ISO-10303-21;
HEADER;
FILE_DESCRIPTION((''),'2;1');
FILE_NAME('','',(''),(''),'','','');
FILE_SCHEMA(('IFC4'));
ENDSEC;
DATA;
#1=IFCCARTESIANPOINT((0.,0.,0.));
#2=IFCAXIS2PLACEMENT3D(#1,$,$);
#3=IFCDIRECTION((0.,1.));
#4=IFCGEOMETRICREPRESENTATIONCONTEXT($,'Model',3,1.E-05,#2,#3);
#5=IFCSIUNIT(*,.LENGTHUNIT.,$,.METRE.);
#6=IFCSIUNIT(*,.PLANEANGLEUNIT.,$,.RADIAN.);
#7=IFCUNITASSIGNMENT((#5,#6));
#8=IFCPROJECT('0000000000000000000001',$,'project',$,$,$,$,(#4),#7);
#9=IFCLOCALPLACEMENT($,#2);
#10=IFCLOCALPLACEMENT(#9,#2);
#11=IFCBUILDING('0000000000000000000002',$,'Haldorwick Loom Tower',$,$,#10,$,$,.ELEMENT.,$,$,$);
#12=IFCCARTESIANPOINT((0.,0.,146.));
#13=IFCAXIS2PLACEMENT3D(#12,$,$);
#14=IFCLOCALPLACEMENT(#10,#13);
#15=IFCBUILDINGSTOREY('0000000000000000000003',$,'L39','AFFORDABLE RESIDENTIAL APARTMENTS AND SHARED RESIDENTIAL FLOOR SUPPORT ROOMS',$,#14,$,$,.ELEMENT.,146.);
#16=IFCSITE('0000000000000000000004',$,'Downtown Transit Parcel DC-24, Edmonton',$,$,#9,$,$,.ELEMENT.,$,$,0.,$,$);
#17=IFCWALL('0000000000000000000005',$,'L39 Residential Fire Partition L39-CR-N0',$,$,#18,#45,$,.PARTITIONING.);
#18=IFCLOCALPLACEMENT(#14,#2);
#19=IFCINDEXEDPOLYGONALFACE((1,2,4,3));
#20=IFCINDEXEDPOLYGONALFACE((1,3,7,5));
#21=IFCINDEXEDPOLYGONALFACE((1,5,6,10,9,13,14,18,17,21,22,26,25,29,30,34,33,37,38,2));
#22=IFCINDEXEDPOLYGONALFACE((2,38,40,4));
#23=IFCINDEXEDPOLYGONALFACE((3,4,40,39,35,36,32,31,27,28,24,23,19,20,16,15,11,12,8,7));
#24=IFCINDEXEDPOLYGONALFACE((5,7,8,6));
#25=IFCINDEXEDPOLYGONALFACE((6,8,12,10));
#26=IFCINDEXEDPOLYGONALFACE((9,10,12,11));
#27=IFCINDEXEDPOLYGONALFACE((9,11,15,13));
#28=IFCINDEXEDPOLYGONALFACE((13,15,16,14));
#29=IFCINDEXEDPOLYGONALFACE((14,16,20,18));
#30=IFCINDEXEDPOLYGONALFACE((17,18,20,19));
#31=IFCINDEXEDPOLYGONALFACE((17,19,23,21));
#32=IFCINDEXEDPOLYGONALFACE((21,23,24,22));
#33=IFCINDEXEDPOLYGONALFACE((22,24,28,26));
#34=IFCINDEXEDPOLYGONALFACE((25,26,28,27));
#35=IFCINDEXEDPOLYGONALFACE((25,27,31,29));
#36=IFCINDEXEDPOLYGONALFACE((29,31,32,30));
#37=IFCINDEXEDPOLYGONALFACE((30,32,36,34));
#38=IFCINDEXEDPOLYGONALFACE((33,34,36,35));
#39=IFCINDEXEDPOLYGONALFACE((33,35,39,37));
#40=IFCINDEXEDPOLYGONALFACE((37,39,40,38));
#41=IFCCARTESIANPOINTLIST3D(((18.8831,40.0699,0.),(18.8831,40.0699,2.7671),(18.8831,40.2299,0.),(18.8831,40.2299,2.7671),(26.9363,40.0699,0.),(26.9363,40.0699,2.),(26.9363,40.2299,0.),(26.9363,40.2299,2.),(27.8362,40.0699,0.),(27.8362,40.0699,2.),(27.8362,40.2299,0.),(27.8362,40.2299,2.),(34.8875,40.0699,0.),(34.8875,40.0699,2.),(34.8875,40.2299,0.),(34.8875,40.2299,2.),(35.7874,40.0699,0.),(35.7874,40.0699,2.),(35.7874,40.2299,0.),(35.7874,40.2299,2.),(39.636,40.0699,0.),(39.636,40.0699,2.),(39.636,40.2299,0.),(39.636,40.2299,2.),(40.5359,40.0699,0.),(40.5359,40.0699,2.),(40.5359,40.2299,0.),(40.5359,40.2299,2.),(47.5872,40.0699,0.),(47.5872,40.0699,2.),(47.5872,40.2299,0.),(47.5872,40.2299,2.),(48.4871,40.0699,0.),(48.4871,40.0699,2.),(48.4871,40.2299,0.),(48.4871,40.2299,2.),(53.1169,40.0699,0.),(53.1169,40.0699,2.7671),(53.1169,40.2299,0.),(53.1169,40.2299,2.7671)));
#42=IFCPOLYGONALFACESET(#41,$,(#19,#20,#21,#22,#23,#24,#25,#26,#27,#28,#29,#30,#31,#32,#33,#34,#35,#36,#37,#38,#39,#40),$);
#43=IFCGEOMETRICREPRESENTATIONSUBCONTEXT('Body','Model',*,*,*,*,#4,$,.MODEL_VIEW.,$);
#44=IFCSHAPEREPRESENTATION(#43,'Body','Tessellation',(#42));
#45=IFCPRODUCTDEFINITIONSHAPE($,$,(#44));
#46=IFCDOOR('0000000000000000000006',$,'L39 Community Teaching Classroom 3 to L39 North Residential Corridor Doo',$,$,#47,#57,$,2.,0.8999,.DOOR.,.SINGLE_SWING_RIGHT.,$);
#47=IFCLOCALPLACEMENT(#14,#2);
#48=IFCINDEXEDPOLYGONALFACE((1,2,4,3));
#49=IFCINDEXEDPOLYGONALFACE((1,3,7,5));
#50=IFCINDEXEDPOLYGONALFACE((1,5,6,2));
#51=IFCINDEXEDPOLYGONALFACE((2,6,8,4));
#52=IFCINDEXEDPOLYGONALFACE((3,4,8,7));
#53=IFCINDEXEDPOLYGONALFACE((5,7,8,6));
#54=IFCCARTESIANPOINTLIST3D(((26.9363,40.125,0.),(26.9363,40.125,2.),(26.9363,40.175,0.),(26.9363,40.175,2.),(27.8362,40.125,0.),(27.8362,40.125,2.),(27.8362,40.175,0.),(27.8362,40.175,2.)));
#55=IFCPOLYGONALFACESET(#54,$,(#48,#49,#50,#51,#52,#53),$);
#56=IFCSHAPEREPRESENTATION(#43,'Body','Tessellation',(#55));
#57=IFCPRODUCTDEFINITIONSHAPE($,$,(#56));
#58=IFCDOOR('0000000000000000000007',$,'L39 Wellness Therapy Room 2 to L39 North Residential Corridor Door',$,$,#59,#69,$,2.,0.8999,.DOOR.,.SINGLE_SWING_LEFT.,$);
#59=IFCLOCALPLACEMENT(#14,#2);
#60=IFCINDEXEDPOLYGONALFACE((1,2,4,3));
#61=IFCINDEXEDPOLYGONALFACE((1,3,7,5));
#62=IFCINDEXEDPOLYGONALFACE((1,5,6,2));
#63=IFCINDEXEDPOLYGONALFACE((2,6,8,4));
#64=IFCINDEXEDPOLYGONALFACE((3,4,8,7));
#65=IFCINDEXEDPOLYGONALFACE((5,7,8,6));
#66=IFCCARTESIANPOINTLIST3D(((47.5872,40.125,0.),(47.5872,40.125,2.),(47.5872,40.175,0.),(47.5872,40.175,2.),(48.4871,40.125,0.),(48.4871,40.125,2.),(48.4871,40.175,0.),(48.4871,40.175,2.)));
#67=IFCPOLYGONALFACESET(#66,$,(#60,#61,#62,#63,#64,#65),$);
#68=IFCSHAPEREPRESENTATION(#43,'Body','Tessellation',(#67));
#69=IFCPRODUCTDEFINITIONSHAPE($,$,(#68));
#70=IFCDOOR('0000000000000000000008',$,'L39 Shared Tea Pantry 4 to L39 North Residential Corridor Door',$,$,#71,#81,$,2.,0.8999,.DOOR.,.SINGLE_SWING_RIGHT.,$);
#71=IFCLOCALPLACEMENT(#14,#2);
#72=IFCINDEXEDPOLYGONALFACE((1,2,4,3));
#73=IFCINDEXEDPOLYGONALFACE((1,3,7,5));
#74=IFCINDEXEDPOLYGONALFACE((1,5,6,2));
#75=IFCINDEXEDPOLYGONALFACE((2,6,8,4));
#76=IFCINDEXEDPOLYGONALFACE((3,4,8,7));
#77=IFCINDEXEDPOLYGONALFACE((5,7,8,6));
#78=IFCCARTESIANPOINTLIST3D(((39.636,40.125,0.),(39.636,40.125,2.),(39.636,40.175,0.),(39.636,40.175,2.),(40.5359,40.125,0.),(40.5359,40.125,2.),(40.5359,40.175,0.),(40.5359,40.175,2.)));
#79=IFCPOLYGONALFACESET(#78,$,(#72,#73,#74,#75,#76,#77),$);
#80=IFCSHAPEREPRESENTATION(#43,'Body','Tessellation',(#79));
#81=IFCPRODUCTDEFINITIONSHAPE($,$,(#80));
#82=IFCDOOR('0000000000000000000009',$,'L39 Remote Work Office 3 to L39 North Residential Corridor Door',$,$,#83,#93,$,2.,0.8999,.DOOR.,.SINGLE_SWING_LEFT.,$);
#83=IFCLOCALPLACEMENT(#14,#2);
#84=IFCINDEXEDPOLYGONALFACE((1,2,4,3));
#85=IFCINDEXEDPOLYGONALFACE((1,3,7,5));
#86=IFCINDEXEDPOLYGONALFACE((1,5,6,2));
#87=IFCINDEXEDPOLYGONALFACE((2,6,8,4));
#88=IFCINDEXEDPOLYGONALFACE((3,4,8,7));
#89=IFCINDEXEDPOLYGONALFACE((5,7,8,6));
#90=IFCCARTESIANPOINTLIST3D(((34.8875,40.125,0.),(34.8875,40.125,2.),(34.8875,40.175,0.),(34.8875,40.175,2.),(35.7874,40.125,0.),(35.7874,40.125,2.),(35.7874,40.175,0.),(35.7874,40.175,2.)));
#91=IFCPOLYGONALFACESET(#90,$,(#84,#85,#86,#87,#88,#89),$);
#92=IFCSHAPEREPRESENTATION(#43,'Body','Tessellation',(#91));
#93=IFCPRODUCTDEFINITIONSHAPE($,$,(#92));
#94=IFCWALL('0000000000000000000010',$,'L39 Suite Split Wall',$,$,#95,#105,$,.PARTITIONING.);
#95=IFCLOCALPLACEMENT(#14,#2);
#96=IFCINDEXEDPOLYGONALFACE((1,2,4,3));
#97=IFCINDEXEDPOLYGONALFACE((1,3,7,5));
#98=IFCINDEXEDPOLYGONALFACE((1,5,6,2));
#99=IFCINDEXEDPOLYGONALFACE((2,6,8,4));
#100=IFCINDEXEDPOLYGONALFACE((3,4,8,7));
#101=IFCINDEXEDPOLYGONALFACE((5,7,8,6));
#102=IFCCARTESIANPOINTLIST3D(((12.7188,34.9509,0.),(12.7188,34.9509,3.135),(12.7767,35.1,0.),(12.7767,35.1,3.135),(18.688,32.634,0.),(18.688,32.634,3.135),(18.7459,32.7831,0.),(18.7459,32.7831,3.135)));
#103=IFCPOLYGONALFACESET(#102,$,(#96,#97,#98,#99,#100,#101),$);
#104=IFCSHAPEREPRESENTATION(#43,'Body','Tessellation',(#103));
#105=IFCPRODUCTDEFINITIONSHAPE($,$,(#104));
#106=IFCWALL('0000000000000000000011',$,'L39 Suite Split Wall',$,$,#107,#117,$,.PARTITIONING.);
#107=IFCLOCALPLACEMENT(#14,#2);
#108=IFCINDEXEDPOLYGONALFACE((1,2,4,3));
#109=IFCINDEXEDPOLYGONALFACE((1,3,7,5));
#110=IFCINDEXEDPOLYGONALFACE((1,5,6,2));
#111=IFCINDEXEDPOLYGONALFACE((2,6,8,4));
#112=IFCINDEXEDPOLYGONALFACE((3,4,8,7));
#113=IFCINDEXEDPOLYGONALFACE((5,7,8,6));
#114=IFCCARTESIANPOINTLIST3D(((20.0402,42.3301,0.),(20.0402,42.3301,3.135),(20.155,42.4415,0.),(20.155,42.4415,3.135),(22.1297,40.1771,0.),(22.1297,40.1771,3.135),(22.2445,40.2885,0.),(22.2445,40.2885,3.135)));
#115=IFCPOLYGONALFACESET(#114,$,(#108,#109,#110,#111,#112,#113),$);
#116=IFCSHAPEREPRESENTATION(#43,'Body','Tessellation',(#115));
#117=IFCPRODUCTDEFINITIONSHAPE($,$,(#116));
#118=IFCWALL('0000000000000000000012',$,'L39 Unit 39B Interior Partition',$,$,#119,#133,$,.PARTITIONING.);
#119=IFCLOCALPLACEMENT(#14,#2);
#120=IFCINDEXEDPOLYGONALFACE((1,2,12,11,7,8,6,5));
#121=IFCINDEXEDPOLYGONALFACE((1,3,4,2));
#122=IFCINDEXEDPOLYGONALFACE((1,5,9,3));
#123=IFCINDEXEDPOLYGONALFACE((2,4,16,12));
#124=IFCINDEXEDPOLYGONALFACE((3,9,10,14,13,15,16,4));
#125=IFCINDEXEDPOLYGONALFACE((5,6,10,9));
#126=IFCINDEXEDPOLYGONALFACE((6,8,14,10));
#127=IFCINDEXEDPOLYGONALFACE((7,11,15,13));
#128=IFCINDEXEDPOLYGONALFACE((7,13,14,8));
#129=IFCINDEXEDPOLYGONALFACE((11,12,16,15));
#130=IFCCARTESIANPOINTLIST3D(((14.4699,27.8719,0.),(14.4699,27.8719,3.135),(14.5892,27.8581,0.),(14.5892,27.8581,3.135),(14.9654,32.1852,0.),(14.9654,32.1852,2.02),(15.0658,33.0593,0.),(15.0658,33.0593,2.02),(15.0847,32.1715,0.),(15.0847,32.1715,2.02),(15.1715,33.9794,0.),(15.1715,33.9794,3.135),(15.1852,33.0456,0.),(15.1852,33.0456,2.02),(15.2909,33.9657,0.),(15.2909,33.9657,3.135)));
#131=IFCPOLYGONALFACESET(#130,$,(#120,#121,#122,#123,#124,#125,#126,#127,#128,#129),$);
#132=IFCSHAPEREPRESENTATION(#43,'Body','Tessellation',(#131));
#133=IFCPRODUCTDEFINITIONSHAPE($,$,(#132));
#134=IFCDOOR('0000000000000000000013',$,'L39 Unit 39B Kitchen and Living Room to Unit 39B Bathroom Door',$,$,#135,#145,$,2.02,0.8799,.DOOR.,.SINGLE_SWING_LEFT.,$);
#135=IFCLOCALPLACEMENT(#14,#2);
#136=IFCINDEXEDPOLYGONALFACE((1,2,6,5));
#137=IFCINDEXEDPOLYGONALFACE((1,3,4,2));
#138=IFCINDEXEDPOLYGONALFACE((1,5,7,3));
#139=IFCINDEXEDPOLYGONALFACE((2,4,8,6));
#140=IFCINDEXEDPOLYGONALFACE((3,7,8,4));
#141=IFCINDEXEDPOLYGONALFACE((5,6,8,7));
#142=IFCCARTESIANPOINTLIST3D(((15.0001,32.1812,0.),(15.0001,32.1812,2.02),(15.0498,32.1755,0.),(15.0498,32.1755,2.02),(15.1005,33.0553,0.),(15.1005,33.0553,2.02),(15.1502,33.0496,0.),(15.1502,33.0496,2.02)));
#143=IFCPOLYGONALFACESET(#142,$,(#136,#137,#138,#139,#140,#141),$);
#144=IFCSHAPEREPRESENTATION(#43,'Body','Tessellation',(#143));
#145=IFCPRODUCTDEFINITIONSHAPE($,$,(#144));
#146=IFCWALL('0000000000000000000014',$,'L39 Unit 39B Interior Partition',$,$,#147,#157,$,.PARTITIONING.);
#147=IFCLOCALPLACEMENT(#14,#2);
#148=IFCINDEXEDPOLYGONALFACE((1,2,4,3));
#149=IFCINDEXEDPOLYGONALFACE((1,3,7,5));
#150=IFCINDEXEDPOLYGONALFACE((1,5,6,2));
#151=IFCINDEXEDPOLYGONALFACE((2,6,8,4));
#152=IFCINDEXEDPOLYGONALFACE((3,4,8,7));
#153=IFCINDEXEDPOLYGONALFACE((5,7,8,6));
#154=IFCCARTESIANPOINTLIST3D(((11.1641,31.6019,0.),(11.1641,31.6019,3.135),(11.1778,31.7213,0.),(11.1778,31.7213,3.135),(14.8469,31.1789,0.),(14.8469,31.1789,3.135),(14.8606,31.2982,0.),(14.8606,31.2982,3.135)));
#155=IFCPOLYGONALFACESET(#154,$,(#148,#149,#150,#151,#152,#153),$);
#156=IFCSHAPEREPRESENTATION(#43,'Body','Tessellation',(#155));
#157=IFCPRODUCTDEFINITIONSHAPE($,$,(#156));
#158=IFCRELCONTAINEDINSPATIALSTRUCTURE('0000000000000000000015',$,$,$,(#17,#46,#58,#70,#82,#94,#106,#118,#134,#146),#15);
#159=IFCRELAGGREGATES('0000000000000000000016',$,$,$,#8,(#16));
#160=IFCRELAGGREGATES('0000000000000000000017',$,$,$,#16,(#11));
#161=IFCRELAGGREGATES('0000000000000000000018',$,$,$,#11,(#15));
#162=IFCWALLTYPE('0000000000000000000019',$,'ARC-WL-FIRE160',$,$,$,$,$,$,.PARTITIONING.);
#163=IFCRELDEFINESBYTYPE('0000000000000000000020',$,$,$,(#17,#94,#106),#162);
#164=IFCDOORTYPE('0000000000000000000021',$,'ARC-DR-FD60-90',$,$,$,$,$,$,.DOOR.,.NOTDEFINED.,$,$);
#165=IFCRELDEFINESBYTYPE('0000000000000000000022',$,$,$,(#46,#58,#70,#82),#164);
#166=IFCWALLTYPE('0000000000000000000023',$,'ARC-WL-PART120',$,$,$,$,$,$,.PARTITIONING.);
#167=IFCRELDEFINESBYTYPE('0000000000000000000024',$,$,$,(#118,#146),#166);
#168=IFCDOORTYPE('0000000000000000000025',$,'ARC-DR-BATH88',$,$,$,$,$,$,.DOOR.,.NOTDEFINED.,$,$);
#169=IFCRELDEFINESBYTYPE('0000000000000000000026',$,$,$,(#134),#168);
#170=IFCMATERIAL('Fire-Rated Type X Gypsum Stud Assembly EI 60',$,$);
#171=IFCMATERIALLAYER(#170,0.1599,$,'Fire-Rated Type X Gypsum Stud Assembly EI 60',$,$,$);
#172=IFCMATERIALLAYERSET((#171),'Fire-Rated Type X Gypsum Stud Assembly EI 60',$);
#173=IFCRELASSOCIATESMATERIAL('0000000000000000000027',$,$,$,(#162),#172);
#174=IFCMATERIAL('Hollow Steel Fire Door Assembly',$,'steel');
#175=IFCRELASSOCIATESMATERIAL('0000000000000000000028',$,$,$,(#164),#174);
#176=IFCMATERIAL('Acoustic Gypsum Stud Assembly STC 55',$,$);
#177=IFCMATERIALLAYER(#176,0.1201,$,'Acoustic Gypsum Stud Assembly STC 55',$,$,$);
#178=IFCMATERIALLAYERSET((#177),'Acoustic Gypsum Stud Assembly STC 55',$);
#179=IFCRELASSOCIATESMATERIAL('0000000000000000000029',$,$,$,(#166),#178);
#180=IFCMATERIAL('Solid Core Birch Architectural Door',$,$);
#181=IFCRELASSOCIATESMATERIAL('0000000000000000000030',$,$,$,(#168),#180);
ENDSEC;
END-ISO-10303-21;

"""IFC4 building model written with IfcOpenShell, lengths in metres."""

from ifc_helpers import new_model, si_unit, direction, frame, frame_2d, origin, place, context, subcontext, project, spatial, rectangle, extrude, material, layer, layer_set, type_object, element, fill, save


model = new_model("IFC4")

# Units and contexts
model_context = context("Model", 3, precision=1e-05, world=origin(), true_north=direction((0.0, 1.0)))
body_context = subcontext(model_context, "Body", "Model", "MODEL_VIEW")
ifc_project = project(units=[si_unit("LENGTHUNIT", "METRE"), si_unit("PLANEANGLEUNIT", "RADIAN")], contexts=[model_context])

# Site, building, storey
site_placement = place(None, origin())
site = spatial("IfcSite", under=ifc_project, at=site_placement, Name="Downtown Transit Parcel DC-24, Edmonton", CompositionType="ELEMENT", RefElevation=0.0)
building_placement = place(site_placement, origin())
building = spatial("IfcBuilding", under=site, at=building_placement, Name="Haldorwick Loom Tower", CompositionType="ELEMENT")
storey_placement = place(building_placement, frame((0.0, 0.0, 146.0)))
storey = spatial("IfcBuildingStorey", under=building, at=storey_placement, Name="L39", Description="AFFORDABLE RESIDENTIAL APARTMENTS AND SHARED RESIDENTIAL FLOOR SUPPORT ROOMS", CompositionType="ELEMENT", Elevation=146.0)

# Shared definitions
ifc_material_1 = material(Name="Fire-Rated Type X Gypsum Stud Assembly EI 60")
ifc_layer_1 = layer(ifc_material_1, 0.1599, Name="Fire-Rated Type X Gypsum Stud Assembly EI 60")
ifc_layer_set_1 = layer_set([ifc_layer_1], Name="Fire-Rated Type X Gypsum Stud Assembly EI 60")
wall_type_1 = type_object("IfcWallType", Name="ARC-WL-FIRE160", PredefinedType="PARTITIONING", material=ifc_layer_set_1)

# Wall, openings, doors
wall_1_placement = place(storey_placement, frame((18.8831, 40.1499, 0.0), z_axis=(0.0, 0.0, 1.0), x_axis=(1.0, 0.0, 0.0)))
wall_1 = element("IfcWall", 1, at=wall_1_placement, inside=storey, type_object=wall_type_1, Name="L39 Residential Fire Partition L39-CR-N0", PredefinedType="PARTITIONING", context=body_context, shape_type="SweptSolid", body=[
    extrude(rectangle(XDim=34.2339, YDim=0.1599, at=frame_2d((17.1169, 0.0))), origin(), (0.0, 0.0, 1.0), 2.7671),
])
opening_1_placement = place(wall_1_placement, frame((8.0532, 0.0, 0.0)))
opening_1 = element("IfcOpeningElement", 2, at=opening_1_placement, cuts=wall_1, PredefinedType="OPENING", context=body_context, shape_type="SweptSolid", body=[
    extrude(rectangle(XDim=0.8999, YDim=2.0, at=frame_2d((0.45, 1.0))), frame((0.0, 0.0898, 0.0), z_axis=(0.0, -1.0, 0.0), x_axis=(1.0, 0.0, 0.0)), (0.0, 0.0, 1.0), 0.1799),
])
opening_2_placement = place(wall_1_placement, frame((28.7041, 0.0, 0.0)))
opening_2 = element("IfcOpeningElement", 3, at=opening_2_placement, cuts=wall_1, PredefinedType="OPENING", context=body_context, shape_type="SweptSolid", body=[
    extrude(rectangle(XDim=0.8999, YDim=2.0, at=frame_2d((0.45, 1.0))), frame((0.0, 0.0898, 0.0), z_axis=(0.0, -1.0, 0.0), x_axis=(1.0, 0.0, 0.0)), (0.0, 0.0, 1.0), 0.1799),
])
opening_3_placement = place(wall_1_placement, frame((20.7529, 0.0, 0.0)))
opening_3 = element("IfcOpeningElement", 4, at=opening_3_placement, cuts=wall_1, PredefinedType="OPENING", context=body_context, shape_type="SweptSolid", body=[
    extrude(rectangle(XDim=0.8999, YDim=2.0, at=frame_2d((0.45, 1.0))), frame((0.0, 0.0898, 0.0), z_axis=(0.0, -1.0, 0.0), x_axis=(1.0, 0.0, 0.0)), (0.0, 0.0, 1.0), 0.1799),
])
opening_4_placement = place(wall_1_placement, frame((16.0044, 0.0, 0.0)))
opening_4 = element("IfcOpeningElement", 5, at=opening_4_placement, cuts=wall_1, PredefinedType="OPENING", context=body_context, shape_type="SweptSolid", body=[
    extrude(rectangle(XDim=0.8999, YDim=2.0, at=frame_2d((0.45, 1.0))), frame((0.0, 0.0898, 0.0), z_axis=(0.0, -1.0, 0.0), x_axis=(1.0, 0.0, 0.0)), (0.0, 0.0, 1.0), 0.1799),
])
ifc_material_2 = material(Name="Hollow Steel Fire Door Assembly", Category="steel")
door_type_1 = type_object("IfcDoorType", Name="ARC-DR-FD60-90", OperationType="NOTDEFINED", PredefinedType="DOOR", material=ifc_material_2)
door_1_placement = place(opening_1_placement, frame((0.8999, 0.0, 0.0), z_axis=(0.0, 0.0, 1.0), x_axis=(-1.0, 0.0, 0.0)))
door_1 = element("IfcDoor", 6, at=door_1_placement, inside=storey, type_object=door_type_1, Name="L39 Community Teaching Classroom 3 to L39 North Residential Corridor Doo", OperationType="SINGLE_SWING_RIGHT", OverallHeight=2.0, OverallWidth=0.8999, PredefinedType="DOOR", context=body_context, shape_type="SweptSolid", body=[
    extrude(rectangle(XDim=0.8999, YDim=2.0, at=frame_2d((0.45, 1.0))), frame((0.0, 0.0249, 0.0), z_axis=(0.0, -1.0, 0.0), x_axis=(1.0, 0.0, 0.0)), (0.0, 0.0, 1.0), 0.05),
])
fill(opening_1, door_1)
door_2_placement = place(opening_2_placement, frame((0.8999, 0.0, 0.0), z_axis=(0.0, 0.0, 1.0), x_axis=(-1.0, 0.0, 0.0)))
door_2 = element("IfcDoor", 7, at=door_2_placement, inside=storey, type_object=door_type_1, Name="L39 Wellness Therapy Room 2 to L39 North Residential Corridor Door", OperationType="SINGLE_SWING_LEFT", OverallHeight=2.0, OverallWidth=0.8999, PredefinedType="DOOR", context=body_context, shape_type="SweptSolid", body=[
    extrude(rectangle(XDim=0.8999, YDim=2.0, at=frame_2d((0.45, 1.0))), frame((0.0, 0.0249, 0.0), z_axis=(0.0, -1.0, 0.0), x_axis=(1.0, 0.0, 0.0)), (0.0, 0.0, 1.0), 0.05),
])
fill(opening_2, door_2)
door_3_placement = place(opening_3_placement, frame((0.8999, 0.0, 0.0), z_axis=(0.0, 0.0, 1.0), x_axis=(-1.0, 0.0, 0.0)))
door_3 = element("IfcDoor", 8, at=door_3_placement, inside=storey, type_object=door_type_1, Name="L39 Shared Tea Pantry 4 to L39 North Residential Corridor Door", OperationType="SINGLE_SWING_RIGHT", OverallHeight=2.0, OverallWidth=0.8999, PredefinedType="DOOR", context=body_context, shape_type="SweptSolid", body=[
    extrude(rectangle(XDim=0.8999, YDim=2.0, at=frame_2d((0.45, 1.0))), frame((0.0, 0.0249, 0.0), z_axis=(0.0, -1.0, 0.0), x_axis=(1.0, 0.0, 0.0)), (0.0, 0.0, 1.0), 0.05),
])
fill(opening_3, door_3)
door_4_placement = place(opening_4_placement, frame((0.8999, 0.0, 0.0), z_axis=(0.0, 0.0, 1.0), x_axis=(-1.0, 0.0, 0.0)))
door_4 = element("IfcDoor", 9, at=door_4_placement, inside=storey, type_object=door_type_1, Name="L39 Remote Work Office 3 to L39 North Residential Corridor Door", OperationType="SINGLE_SWING_LEFT", OverallHeight=2.0, OverallWidth=0.8999, PredefinedType="DOOR", context=body_context, shape_type="SweptSolid", body=[
    extrude(rectangle(XDim=0.8999, YDim=2.0, at=frame_2d((0.45, 1.0))), frame((0.0, 0.0249, 0.0), z_axis=(0.0, -1.0, 0.0), x_axis=(1.0, 0.0, 0.0)), (0.0, 0.0, 1.0), 0.05),
])
fill(opening_4, door_4)

# Walls
wall_2_placement = place(storey_placement, frame((18.717, 32.7085, 0.0), z_axis=(0.0, 0.0, 1.0), x_axis=(-0.932241, 0.361839, 0.0)))
element("IfcWall", 10, at=wall_2_placement, inside=storey, type_object=wall_type_1, Name="L39 Suite Split Wall", PredefinedType="PARTITIONING", context=body_context, shape_type="SweptSolid", body=[
    extrude(rectangle(XDim=6.4031, YDim=0.1599, at=frame_2d((3.2017, 0.0))), origin(), (0.0, 0.0, 1.0), 3.135),
])
wall_3_placement = place(storey_placement, frame((22.187, 40.2329, 0.0), z_axis=(0.0, 0.0, 1.0), x_axis=(-0.696449, 0.717606, 0.0)))
element("IfcWall", 11, at=wall_3_placement, inside=storey, type_object=wall_type_1, Name="L39 Suite Split Wall", PredefinedType="PARTITIONING", context=body_context, shape_type="SweptSolid", body=[
    extrude(rectangle(XDim=3.0002, YDim=0.1599, at=frame_2d((1.5, 0.0))), origin(), (0.0, 0.0, 1.0), 3.135),
])

# Wall, opening, door
ifc_material_3 = material(Name="Acoustic Gypsum Stud Assembly STC 55")
ifc_layer_2 = layer(ifc_material_3, 0.1201, Name="Acoustic Gypsum Stud Assembly STC 55")
ifc_layer_set_2 = layer_set([ifc_layer_2], Name="Acoustic Gypsum Stud Assembly STC 55")
wall_type_2 = type_object("IfcWallType", Name="ARC-WL-PART120", PredefinedType="PARTITIONING", material=ifc_layer_set_2)
wall_4_placement = place(storey_placement, frame((15.2312, 33.9724, 0.0), z_axis=(0.0, 0.0, 1.0), x_axis=(-0.114136, -0.993465, 0.0)))
wall_4 = element("IfcWall", 12, at=wall_4_placement, inside=storey, type_object=wall_type_2, Name="L39 Unit 39B Interior Partition", PredefinedType="PARTITIONING", context=body_context, shape_type="SweptSolid", body=[
    extrude(rectangle(XDim=6.1477, YDim=0.1201, at=frame_2d((3.0737, 0.0))), origin(), (0.0, 0.0, 1.0), 3.135),
])
opening_5_placement = place(wall_4_placement, frame((0.926, 0.0, 0.0)))
opening_5 = element("IfcOpeningElement", 13, at=opening_5_placement, cuts=wall_4, PredefinedType="OPENING", context=body_context, shape_type="SweptSolid", body=[
    extrude(rectangle(XDim=0.8799, YDim=2.02, at=frame_2d((0.4399, 1.01))), frame((0.0, 0.0701, 0.0), z_axis=(0.0, -1.0, 0.0), x_axis=(1.0, 0.0, 0.0)), (0.0, 0.0, 1.0), 0.1401),
])
ifc_material_4 = material(Name="Solid Core Birch Architectural Door")
door_type_2 = type_object("IfcDoorType", Name="ARC-DR-BATH88", OperationType="NOTDEFINED", PredefinedType="DOOR", material=ifc_material_4)
door_5_placement = place(opening_5_placement, origin())
door_5 = element("IfcDoor", 14, at=door_5_placement, inside=storey, type_object=door_type_2, Name="L39 Unit 39B Kitchen and Living Room to Unit 39B Bathroom Door", OperationType="SINGLE_SWING_LEFT", OverallHeight=2.02, OverallWidth=0.8799, PredefinedType="DOOR", context=body_context, shape_type="SweptSolid", body=[
    extrude(rectangle(XDim=0.8799, YDim=2.02, at=frame_2d((0.4399, 1.01))), frame((0.0, 0.0249, 0.0), z_axis=(0.0, -1.0, 0.0), x_axis=(1.0, 0.0, 0.0)), (0.0, 0.0, 1.0), 0.05),
])
fill(opening_5, door_5)

# Wall
wall_5_placement = place(storey_placement, frame((14.8538, 31.2385, 0.0), z_axis=(0.0, 0.0, 1.0), x_axis=(-0.993466, 0.114132, 0.0)))
element("IfcWall", 15, at=wall_5_placement, inside=storey, type_object=wall_type_2, Name="L39 Unit 39B Interior Partition", PredefinedType="PARTITIONING", context=body_context, shape_type="SweptSolid", body=[
    extrude(rectangle(XDim=3.707, YDim=0.1201, at=frame_2d((1.8535, 0.0))), origin(), (0.0, 0.0, 1.0), 3.135),
])

save(model, "model.ifc")
